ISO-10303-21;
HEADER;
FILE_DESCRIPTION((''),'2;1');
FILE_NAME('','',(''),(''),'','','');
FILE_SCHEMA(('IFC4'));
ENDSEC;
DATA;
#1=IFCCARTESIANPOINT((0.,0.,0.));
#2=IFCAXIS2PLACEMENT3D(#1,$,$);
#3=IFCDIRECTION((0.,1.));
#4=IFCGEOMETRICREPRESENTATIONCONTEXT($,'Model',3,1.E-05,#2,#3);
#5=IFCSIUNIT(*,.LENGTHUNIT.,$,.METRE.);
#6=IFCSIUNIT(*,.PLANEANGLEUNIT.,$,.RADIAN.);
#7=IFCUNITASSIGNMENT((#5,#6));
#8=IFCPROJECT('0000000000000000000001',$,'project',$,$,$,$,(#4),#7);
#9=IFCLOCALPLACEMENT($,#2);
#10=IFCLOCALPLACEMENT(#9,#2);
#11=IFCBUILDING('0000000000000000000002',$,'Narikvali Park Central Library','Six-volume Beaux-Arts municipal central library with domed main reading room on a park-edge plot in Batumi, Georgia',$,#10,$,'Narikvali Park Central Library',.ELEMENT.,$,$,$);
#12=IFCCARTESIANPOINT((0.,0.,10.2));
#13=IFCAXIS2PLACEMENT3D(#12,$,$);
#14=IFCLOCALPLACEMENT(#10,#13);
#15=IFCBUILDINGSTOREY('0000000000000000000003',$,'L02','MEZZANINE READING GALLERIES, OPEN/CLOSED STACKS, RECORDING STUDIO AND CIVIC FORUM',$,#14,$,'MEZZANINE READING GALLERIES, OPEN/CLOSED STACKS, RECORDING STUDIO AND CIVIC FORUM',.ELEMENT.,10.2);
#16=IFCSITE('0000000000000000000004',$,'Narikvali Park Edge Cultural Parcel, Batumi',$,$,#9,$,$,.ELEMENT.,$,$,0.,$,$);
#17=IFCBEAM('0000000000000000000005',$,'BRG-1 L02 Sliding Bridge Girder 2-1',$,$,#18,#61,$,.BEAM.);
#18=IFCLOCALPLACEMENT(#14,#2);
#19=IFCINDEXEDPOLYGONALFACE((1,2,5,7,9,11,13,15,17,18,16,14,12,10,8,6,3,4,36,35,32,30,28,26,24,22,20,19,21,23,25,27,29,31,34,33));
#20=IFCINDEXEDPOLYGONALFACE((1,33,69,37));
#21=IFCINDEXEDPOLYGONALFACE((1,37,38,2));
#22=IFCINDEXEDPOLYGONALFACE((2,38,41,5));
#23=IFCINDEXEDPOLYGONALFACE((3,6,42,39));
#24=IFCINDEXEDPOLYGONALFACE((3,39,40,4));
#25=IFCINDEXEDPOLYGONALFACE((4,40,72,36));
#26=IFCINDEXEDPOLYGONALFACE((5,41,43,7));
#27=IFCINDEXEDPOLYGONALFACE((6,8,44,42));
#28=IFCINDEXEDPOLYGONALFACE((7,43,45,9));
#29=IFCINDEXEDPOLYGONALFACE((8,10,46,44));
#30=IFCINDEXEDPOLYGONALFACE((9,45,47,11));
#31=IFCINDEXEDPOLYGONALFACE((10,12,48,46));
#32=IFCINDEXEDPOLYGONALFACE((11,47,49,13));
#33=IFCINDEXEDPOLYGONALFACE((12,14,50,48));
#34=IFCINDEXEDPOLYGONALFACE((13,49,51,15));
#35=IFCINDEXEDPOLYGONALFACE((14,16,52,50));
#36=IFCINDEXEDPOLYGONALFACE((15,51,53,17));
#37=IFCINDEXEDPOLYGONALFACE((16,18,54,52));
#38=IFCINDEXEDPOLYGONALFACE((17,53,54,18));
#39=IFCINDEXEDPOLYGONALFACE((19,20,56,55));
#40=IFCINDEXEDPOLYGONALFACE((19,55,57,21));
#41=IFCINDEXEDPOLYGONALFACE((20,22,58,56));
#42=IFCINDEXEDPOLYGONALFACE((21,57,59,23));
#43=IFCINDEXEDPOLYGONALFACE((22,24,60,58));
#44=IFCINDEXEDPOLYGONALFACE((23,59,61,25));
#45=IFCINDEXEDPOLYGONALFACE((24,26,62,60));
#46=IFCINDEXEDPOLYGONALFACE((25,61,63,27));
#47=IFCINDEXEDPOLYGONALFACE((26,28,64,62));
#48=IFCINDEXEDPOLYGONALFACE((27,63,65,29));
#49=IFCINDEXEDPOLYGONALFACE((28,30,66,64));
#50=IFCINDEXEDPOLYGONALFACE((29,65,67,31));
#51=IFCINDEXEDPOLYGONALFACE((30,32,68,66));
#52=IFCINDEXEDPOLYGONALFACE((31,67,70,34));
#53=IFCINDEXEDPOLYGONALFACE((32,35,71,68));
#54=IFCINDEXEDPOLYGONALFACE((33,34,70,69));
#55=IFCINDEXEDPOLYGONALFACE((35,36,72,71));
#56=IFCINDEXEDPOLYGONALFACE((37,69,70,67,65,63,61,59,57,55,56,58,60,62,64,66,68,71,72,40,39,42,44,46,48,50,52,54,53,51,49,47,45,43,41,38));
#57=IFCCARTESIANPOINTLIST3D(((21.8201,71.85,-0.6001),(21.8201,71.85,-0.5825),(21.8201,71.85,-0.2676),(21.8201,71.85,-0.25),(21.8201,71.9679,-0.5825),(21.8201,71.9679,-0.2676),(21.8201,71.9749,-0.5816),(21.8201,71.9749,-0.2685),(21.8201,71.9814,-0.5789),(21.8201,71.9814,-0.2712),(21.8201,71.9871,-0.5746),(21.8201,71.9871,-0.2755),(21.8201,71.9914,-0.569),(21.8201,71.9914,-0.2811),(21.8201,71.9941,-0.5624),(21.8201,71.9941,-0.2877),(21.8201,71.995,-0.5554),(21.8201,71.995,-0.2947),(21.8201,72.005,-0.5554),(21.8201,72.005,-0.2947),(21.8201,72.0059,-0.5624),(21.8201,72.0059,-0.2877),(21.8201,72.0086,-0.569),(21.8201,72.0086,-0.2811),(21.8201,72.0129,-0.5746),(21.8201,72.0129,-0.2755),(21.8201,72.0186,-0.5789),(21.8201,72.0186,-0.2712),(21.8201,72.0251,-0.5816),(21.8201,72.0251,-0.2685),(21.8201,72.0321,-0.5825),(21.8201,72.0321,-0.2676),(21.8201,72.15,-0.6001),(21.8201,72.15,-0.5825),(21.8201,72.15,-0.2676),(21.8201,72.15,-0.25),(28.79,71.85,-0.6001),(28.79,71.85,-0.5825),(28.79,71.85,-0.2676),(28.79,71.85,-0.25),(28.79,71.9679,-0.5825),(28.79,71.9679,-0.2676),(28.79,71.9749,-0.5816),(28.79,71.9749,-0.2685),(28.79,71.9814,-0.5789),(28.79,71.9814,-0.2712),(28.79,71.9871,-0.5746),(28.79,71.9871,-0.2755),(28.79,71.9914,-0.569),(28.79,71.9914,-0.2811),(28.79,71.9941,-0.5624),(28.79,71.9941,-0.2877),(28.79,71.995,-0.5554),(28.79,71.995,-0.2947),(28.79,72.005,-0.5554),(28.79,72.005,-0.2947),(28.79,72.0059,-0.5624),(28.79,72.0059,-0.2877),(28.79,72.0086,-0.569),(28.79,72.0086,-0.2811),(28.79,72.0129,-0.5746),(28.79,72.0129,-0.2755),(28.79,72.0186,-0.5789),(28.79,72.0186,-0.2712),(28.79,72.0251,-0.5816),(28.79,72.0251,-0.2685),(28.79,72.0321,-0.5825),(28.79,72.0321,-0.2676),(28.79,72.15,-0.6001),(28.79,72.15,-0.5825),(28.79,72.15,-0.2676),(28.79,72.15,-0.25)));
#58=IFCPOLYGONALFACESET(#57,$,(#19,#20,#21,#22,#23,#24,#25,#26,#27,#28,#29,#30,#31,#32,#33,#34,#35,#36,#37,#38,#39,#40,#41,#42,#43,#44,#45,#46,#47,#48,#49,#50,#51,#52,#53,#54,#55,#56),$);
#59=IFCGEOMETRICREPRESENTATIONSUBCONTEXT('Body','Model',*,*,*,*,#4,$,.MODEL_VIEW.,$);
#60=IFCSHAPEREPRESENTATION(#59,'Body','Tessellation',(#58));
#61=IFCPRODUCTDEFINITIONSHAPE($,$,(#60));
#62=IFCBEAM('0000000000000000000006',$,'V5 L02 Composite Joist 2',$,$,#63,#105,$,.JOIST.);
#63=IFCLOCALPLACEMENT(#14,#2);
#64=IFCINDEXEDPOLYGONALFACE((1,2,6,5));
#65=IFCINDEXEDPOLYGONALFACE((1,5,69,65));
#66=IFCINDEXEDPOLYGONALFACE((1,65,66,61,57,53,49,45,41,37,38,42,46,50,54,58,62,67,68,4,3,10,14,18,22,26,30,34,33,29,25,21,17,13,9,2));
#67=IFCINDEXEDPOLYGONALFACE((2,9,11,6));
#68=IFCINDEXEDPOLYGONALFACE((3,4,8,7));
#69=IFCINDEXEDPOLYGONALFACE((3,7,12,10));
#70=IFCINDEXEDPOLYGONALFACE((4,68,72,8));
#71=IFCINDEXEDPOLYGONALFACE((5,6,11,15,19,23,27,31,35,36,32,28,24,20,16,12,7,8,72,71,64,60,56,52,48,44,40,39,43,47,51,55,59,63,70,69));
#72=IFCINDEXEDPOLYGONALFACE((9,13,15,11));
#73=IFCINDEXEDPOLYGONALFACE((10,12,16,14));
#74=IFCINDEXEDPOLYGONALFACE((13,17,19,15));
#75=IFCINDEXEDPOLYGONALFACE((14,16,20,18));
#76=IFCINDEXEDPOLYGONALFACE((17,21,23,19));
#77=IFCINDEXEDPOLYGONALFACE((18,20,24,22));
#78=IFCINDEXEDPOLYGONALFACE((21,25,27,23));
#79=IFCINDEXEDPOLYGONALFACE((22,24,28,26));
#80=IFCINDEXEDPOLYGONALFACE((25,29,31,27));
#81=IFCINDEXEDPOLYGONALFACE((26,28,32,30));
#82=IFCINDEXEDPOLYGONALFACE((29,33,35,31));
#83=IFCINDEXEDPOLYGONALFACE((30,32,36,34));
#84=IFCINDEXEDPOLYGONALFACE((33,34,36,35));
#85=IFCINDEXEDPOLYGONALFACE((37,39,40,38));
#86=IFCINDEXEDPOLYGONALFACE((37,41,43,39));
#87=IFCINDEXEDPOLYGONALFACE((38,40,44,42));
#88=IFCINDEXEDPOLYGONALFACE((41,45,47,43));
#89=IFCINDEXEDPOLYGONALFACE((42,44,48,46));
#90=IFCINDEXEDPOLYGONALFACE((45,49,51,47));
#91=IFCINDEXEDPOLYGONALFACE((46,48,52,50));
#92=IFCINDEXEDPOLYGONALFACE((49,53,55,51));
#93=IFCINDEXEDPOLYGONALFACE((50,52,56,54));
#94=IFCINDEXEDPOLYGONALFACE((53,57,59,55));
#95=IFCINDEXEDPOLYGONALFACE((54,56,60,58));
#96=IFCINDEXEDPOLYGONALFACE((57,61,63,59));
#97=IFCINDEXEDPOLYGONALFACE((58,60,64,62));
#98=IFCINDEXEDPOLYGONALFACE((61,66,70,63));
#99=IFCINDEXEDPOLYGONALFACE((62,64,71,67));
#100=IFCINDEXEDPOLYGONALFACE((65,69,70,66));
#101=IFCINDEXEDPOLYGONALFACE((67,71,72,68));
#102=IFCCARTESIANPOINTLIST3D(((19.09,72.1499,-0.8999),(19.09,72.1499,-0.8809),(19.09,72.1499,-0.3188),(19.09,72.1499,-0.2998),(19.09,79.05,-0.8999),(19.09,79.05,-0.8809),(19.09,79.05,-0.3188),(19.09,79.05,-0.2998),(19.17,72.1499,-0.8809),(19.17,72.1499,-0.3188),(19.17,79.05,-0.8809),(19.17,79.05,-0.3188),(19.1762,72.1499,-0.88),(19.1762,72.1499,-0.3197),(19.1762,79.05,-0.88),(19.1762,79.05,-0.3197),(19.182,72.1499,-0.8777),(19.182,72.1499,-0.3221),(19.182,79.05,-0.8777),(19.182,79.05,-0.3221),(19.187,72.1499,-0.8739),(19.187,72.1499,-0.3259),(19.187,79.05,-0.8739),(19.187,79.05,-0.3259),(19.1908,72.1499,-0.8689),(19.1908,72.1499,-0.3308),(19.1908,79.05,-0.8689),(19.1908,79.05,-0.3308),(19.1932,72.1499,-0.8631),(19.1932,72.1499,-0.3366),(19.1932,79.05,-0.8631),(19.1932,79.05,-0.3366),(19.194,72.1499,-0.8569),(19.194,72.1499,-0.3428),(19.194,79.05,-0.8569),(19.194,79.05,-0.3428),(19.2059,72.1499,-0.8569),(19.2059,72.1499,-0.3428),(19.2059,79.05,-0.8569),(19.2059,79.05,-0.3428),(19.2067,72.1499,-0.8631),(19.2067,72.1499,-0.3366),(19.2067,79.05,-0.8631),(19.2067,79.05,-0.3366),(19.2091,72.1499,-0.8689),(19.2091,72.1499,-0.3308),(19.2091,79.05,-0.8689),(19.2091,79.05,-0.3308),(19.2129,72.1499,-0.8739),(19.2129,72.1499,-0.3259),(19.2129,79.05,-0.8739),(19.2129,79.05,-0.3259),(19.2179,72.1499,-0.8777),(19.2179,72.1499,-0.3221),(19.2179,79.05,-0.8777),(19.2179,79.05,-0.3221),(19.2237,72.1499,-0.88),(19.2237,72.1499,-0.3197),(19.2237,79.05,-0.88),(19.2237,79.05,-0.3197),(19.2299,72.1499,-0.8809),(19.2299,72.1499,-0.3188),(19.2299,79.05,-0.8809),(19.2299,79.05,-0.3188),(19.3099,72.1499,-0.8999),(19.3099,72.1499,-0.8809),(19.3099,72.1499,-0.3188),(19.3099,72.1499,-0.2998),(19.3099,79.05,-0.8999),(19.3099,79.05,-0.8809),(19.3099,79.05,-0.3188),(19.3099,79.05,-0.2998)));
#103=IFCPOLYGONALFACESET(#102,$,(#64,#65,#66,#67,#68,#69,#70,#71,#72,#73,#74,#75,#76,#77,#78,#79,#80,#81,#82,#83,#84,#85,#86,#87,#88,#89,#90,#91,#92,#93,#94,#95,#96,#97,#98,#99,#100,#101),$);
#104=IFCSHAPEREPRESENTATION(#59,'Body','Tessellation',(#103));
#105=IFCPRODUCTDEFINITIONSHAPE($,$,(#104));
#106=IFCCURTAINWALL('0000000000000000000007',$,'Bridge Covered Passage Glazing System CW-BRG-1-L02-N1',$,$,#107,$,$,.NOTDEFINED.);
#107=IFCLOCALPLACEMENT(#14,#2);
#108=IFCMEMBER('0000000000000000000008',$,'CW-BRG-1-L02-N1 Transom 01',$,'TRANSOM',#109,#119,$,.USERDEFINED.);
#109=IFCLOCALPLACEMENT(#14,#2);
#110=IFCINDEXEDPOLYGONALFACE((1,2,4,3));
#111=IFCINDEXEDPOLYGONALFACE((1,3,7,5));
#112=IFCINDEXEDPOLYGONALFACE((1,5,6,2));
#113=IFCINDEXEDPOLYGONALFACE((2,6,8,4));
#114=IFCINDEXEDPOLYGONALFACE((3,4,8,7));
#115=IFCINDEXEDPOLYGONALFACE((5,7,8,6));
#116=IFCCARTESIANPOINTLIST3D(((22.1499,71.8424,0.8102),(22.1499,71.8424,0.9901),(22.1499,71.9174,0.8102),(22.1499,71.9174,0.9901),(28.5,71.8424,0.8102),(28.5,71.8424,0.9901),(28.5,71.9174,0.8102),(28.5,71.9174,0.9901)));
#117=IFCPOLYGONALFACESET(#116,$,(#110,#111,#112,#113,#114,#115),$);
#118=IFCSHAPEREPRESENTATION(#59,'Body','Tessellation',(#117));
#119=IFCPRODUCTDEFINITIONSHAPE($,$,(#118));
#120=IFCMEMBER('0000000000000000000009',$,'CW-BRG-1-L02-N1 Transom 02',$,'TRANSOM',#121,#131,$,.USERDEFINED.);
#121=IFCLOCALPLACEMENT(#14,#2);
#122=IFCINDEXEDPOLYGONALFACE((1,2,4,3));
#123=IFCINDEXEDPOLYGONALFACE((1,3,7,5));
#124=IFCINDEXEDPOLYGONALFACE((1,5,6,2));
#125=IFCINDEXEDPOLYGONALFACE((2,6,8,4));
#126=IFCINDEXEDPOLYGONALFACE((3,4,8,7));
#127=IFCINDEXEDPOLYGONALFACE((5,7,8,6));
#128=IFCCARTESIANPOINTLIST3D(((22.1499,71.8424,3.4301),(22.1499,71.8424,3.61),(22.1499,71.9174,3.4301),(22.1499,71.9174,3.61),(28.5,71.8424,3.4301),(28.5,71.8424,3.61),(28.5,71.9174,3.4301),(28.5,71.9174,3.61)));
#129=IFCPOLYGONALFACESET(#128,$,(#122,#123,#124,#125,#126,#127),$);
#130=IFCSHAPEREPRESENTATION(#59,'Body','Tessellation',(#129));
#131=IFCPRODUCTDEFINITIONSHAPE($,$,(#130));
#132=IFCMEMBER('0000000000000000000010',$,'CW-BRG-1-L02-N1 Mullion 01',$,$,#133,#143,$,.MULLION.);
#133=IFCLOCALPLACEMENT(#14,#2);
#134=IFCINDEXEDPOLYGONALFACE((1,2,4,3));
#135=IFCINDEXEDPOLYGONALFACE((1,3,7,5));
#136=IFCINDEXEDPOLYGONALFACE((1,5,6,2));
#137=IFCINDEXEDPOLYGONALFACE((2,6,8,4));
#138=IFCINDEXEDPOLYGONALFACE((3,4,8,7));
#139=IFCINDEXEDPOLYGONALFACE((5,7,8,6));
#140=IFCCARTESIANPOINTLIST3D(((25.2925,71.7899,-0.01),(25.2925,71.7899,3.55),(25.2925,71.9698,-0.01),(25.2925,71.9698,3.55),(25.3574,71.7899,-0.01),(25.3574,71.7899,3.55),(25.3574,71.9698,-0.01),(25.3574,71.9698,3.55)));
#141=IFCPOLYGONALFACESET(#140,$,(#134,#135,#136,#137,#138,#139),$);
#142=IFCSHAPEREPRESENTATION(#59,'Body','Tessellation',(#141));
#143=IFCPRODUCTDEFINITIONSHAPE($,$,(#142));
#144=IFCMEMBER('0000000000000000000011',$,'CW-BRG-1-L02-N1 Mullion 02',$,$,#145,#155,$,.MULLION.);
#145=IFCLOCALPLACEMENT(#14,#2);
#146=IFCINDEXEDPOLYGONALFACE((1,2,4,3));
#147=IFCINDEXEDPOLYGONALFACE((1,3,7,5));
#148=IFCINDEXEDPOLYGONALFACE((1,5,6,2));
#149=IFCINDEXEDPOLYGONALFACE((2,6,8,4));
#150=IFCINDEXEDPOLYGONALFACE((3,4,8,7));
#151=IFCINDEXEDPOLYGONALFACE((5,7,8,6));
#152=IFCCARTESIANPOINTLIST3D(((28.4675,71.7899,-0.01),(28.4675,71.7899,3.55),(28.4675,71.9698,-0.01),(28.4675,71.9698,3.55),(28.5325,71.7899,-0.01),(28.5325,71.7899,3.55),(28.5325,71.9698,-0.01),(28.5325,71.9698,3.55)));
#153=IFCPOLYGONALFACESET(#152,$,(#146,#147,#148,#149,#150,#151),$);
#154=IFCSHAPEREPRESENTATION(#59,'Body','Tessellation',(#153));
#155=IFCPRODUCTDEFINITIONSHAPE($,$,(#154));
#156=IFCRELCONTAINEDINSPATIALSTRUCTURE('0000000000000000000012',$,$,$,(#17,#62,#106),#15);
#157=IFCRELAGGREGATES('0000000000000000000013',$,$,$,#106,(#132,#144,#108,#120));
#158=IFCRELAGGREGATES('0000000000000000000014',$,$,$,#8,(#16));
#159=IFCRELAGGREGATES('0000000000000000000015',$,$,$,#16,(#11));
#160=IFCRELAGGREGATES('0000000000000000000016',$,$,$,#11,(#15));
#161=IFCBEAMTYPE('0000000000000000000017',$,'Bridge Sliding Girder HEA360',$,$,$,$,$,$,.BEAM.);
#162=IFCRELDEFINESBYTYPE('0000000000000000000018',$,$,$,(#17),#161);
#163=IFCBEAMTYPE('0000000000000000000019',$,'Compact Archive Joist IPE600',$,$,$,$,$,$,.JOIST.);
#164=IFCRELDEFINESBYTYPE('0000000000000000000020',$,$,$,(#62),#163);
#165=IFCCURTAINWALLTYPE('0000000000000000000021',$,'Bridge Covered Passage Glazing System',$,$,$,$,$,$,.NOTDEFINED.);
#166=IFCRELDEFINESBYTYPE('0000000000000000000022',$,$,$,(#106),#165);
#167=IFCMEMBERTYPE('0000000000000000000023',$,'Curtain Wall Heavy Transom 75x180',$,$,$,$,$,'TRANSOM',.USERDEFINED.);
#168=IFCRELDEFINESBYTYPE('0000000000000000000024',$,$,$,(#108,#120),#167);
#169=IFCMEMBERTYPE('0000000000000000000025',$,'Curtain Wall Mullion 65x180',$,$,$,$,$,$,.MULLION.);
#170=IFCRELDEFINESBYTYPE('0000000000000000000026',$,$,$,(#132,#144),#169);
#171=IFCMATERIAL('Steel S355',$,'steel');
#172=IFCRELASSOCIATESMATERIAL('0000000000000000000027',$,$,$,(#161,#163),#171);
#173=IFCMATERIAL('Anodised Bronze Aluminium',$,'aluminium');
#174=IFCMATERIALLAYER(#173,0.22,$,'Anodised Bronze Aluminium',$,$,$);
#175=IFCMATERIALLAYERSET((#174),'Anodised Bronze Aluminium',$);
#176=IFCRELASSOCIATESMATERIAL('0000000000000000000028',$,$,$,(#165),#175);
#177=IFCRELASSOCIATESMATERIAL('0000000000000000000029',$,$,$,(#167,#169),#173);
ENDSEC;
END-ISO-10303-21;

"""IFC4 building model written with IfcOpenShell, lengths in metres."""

from ifc_helpers import new_model, si_unit, direction, frame, origin, origin_2d, place, context, subcontext, project, spatial, rectangle, i_section, extrude, material, layer, layer_set, material_profile, profile_set, type_object, element, aggregate, save


model = new_model("IFC4")

# Units and contexts
model_context = context("Model", 3, precision=1e-05, world=origin(), true_north=direction((0.0, 1.0)))
body_context = subcontext(model_context, "Body", "Model", "MODEL_VIEW")
ifc_project = project(units=[si_unit("LENGTHUNIT", "METRE"), si_unit("PLANEANGLEUNIT", "RADIAN")], contexts=[model_context])

# Site, building, storey
site_placement = place(None, origin())
site = spatial("IfcSite", under=ifc_project, at=site_placement, Name="Narikvali Park Edge Cultural Parcel, Batumi", CompositionType="ELEMENT", RefElevation=0.0)
building_placement = place(site_placement, origin())
building = spatial("IfcBuilding", under=site, at=building_placement, Name="Narikvali Park Central Library", Description="Six-volume Beaux-Arts municipal central library with domed main reading room on a park-edge plot in Batumi, Georgia", LongName="Narikvali Park Central Library", CompositionType="ELEMENT")
storey_placement = place(building_placement, frame((0.0, 0.0, 10.2)))
storey = spatial("IfcBuildingStorey", under=building, at=storey_placement, Name="L02", Description="MEZZANINE READING GALLERIES, OPEN/CLOSED STACKS, RECORDING STUDIO AND CIVIC FORUM", LongName="MEZZANINE READING GALLERIES, OPEN/CLOSED STACKS, RECORDING STUDIO AND CIVIC FORUM", CompositionType="ELEMENT", Elevation=10.2)

# Shared definitions
ifc_material_1 = material(Name="Steel S355", Category="steel")

# Beams
ifc_material_profile_1 = material_profile(ifc_material_1, i_section(OverallWidth=0.3, OverallDepth=0.3501, WebThickness=0.01, FlangeThickness=0.0176, FilletRadius=0.0271, at=origin_2d()), Name="HEA 360")
ifc_profile_set_1 = profile_set([ifc_material_profile_1], Name="Steel S355")
beam_type_1 = type_object("IfcBeamType", Name="Bridge Sliding Girder HEA360", PredefinedType="BEAM", material=ifc_profile_set_1)
beam_1_placement = place(storey_placement, frame((21.8201, 72.0, -0.425), z_axis=(1.0, 0.0, 0.0), x_axis=(0.0, 1.0, 0.0)))
element("IfcBeam", 1, at=beam_1_placement, inside=storey, type_object=beam_type_1, Name="BRG-1 L02 Sliding Bridge Girder 2-1", PredefinedType="BEAM", context=body_context, shape_type="SweptSolid", body=[
    extrude(i_section(OverallWidth=0.3, OverallDepth=0.3501, WebThickness=0.01, FlangeThickness=0.0176, FilletRadius=0.0271, at=origin_2d()), origin(), (0.0, 0.0, 1.0), 6.97),
])
ifc_material_profile_2 = material_profile(ifc_material_1, i_section(OverallWidth=0.22, OverallDepth=0.6001, WebThickness=0.012, FlangeThickness=0.019, FilletRadius=0.0239, at=origin_2d()), Name="IPE 600")
ifc_profile_set_2 = profile_set([ifc_material_profile_2], Name="Steel S355")
beam_type_2 = type_object("IfcBeamType", Name="Compact Archive Joist IPE600", PredefinedType="JOIST", material=ifc_profile_set_2)
beam_2_placement = place(storey_placement, frame((19.2, 72.1499, -0.5999), z_axis=(0.0, 1.0, 0.0), x_axis=(-1.0, 0.0, 0.0)))
element("IfcBeam", 2, at=beam_2_placement, inside=storey, type_object=beam_type_2, Name="V5 L02 Composite Joist 2", PredefinedType="JOIST", context=body_context, shape_type="SweptSolid", body=[
    extrude(i_section(OverallWidth=0.22, OverallDepth=0.6001, WebThickness=0.012, FlangeThickness=0.019, FilletRadius=0.0239, at=origin_2d()), origin(), (0.0, 0.0, 1.0), 6.9001),
])

# Curtain wall, members
ifc_material_2 = material(Name="Anodised Bronze Aluminium", Category="aluminium")
ifc_layer_1 = layer(ifc_material_2, 0.22, Name="Anodised Bronze Aluminium")
ifc_layer_set_1 = layer_set([ifc_layer_1], Name="Anodised Bronze Aluminium")
curtain_wall_type = type_object("IfcCurtainWallType", Name="Bridge Covered Passage Glazing System", PredefinedType="NOTDEFINED", material=ifc_layer_set_1)
curtain_wall_placement = place(storey_placement, origin())
curtain_wall = element("IfcCurtainWall", 3, at=curtain_wall_placement, inside=storey, type_object=curtain_wall_type, Name="Bridge Covered Passage Glazing System CW-BRG-1-L02-N1", PredefinedType="NOTDEFINED")
ifc_material_profile_3 = material_profile(ifc_material_2, rectangle(XDim=0.075, YDim=0.1799, at=origin_2d()), Name="CW TRANSOM 75x180")
ifc_profile_set_3 = profile_set([ifc_material_profile_3], Name="Anodised Bronze Aluminium")
member_type_1 = type_object("IfcMemberType", Name="Curtain Wall Heavy Transom 75x180", ElementType="TRANSOM", PredefinedType="USERDEFINED", material=ifc_profile_set_3)
member_1_placement = place(storey_placement, frame((22.1499, 71.8799, 0.9001), z_axis=(1.0, 0.0, 0.0), x_axis=(0.0, 1.0, 0.0)))
member_1 = element("IfcMember", 4, at=member_1_placement, type_object=member_type_1, Name="CW-BRG-1-L02-N1 Transom 01", ObjectType="TRANSOM", PredefinedType="USERDEFINED", context=body_context, shape_type="SweptSolid", body=[
    extrude(rectangle(XDim=0.075, YDim=0.1799, at=origin_2d()), origin(), (0.0, 0.0, 1.0), 6.3501),
])
member_2_placement = place(storey_placement, frame((22.1499, 71.8799, 3.52), z_axis=(1.0, 0.0, 0.0), x_axis=(0.0, 1.0, 0.0)))
member_2 = element("IfcMember", 5, at=member_2_placement, type_object=member_type_1, Name="CW-BRG-1-L02-N1 Transom 02", ObjectType="TRANSOM", PredefinedType="USERDEFINED", context=body_context, shape_type="SweptSolid", body=[
    extrude(rectangle(XDim=0.075, YDim=0.1799, at=origin_2d()), origin(), (0.0, 0.0, 1.0), 6.3501),
])
ifc_material_profile_4 = material_profile(ifc_material_2, rectangle(XDim=0.0649, YDim=0.1799, at=origin_2d()), Name="CW MULLION 65x180")
ifc_profile_set_4 = profile_set([ifc_material_profile_4], Name="Anodised Bronze Aluminium")
member_type_2 = type_object("IfcMemberType", Name="Curtain Wall Mullion 65x180", PredefinedType="MULLION", material=ifc_profile_set_4)
member_3_placement = place(storey_placement, frame((25.325, 71.8799, -0.01), z_axis=(0.0, 0.0, 1.0), x_axis=(1.0, 0.0, 0.0)))
member_3 = element("IfcMember", 6, at=member_3_placement, type_object=member_type_2, Name="CW-BRG-1-L02-N1 Mullion 01", PredefinedType="MULLION", context=body_context, shape_type="SweptSolid", body=[
    extrude(rectangle(XDim=0.0649, YDim=0.1799, at=origin_2d()), origin(), (0.0, 0.0, 1.0), 3.5601),
])
member_4_placement = place(storey_placement, frame((28.5, 71.8799, -0.01), z_axis=(0.0, 0.0, 1.0), x_axis=(1.0, 0.0, 0.0)))
member_4 = element("IfcMember", 7, at=member_4_placement, type_object=member_type_2, Name="CW-BRG-1-L02-N1 Mullion 02", PredefinedType="MULLION", context=body_context, shape_type="SweptSolid", body=[
    extrude(rectangle(XDim=0.0649, YDim=0.1799, at=origin_2d()), origin(), (0.0, 0.0, 1.0), 3.5601),
])

aggregate(curtain_wall, [member_3, member_4, member_1, member_2])

save(model, "model.ifc")
